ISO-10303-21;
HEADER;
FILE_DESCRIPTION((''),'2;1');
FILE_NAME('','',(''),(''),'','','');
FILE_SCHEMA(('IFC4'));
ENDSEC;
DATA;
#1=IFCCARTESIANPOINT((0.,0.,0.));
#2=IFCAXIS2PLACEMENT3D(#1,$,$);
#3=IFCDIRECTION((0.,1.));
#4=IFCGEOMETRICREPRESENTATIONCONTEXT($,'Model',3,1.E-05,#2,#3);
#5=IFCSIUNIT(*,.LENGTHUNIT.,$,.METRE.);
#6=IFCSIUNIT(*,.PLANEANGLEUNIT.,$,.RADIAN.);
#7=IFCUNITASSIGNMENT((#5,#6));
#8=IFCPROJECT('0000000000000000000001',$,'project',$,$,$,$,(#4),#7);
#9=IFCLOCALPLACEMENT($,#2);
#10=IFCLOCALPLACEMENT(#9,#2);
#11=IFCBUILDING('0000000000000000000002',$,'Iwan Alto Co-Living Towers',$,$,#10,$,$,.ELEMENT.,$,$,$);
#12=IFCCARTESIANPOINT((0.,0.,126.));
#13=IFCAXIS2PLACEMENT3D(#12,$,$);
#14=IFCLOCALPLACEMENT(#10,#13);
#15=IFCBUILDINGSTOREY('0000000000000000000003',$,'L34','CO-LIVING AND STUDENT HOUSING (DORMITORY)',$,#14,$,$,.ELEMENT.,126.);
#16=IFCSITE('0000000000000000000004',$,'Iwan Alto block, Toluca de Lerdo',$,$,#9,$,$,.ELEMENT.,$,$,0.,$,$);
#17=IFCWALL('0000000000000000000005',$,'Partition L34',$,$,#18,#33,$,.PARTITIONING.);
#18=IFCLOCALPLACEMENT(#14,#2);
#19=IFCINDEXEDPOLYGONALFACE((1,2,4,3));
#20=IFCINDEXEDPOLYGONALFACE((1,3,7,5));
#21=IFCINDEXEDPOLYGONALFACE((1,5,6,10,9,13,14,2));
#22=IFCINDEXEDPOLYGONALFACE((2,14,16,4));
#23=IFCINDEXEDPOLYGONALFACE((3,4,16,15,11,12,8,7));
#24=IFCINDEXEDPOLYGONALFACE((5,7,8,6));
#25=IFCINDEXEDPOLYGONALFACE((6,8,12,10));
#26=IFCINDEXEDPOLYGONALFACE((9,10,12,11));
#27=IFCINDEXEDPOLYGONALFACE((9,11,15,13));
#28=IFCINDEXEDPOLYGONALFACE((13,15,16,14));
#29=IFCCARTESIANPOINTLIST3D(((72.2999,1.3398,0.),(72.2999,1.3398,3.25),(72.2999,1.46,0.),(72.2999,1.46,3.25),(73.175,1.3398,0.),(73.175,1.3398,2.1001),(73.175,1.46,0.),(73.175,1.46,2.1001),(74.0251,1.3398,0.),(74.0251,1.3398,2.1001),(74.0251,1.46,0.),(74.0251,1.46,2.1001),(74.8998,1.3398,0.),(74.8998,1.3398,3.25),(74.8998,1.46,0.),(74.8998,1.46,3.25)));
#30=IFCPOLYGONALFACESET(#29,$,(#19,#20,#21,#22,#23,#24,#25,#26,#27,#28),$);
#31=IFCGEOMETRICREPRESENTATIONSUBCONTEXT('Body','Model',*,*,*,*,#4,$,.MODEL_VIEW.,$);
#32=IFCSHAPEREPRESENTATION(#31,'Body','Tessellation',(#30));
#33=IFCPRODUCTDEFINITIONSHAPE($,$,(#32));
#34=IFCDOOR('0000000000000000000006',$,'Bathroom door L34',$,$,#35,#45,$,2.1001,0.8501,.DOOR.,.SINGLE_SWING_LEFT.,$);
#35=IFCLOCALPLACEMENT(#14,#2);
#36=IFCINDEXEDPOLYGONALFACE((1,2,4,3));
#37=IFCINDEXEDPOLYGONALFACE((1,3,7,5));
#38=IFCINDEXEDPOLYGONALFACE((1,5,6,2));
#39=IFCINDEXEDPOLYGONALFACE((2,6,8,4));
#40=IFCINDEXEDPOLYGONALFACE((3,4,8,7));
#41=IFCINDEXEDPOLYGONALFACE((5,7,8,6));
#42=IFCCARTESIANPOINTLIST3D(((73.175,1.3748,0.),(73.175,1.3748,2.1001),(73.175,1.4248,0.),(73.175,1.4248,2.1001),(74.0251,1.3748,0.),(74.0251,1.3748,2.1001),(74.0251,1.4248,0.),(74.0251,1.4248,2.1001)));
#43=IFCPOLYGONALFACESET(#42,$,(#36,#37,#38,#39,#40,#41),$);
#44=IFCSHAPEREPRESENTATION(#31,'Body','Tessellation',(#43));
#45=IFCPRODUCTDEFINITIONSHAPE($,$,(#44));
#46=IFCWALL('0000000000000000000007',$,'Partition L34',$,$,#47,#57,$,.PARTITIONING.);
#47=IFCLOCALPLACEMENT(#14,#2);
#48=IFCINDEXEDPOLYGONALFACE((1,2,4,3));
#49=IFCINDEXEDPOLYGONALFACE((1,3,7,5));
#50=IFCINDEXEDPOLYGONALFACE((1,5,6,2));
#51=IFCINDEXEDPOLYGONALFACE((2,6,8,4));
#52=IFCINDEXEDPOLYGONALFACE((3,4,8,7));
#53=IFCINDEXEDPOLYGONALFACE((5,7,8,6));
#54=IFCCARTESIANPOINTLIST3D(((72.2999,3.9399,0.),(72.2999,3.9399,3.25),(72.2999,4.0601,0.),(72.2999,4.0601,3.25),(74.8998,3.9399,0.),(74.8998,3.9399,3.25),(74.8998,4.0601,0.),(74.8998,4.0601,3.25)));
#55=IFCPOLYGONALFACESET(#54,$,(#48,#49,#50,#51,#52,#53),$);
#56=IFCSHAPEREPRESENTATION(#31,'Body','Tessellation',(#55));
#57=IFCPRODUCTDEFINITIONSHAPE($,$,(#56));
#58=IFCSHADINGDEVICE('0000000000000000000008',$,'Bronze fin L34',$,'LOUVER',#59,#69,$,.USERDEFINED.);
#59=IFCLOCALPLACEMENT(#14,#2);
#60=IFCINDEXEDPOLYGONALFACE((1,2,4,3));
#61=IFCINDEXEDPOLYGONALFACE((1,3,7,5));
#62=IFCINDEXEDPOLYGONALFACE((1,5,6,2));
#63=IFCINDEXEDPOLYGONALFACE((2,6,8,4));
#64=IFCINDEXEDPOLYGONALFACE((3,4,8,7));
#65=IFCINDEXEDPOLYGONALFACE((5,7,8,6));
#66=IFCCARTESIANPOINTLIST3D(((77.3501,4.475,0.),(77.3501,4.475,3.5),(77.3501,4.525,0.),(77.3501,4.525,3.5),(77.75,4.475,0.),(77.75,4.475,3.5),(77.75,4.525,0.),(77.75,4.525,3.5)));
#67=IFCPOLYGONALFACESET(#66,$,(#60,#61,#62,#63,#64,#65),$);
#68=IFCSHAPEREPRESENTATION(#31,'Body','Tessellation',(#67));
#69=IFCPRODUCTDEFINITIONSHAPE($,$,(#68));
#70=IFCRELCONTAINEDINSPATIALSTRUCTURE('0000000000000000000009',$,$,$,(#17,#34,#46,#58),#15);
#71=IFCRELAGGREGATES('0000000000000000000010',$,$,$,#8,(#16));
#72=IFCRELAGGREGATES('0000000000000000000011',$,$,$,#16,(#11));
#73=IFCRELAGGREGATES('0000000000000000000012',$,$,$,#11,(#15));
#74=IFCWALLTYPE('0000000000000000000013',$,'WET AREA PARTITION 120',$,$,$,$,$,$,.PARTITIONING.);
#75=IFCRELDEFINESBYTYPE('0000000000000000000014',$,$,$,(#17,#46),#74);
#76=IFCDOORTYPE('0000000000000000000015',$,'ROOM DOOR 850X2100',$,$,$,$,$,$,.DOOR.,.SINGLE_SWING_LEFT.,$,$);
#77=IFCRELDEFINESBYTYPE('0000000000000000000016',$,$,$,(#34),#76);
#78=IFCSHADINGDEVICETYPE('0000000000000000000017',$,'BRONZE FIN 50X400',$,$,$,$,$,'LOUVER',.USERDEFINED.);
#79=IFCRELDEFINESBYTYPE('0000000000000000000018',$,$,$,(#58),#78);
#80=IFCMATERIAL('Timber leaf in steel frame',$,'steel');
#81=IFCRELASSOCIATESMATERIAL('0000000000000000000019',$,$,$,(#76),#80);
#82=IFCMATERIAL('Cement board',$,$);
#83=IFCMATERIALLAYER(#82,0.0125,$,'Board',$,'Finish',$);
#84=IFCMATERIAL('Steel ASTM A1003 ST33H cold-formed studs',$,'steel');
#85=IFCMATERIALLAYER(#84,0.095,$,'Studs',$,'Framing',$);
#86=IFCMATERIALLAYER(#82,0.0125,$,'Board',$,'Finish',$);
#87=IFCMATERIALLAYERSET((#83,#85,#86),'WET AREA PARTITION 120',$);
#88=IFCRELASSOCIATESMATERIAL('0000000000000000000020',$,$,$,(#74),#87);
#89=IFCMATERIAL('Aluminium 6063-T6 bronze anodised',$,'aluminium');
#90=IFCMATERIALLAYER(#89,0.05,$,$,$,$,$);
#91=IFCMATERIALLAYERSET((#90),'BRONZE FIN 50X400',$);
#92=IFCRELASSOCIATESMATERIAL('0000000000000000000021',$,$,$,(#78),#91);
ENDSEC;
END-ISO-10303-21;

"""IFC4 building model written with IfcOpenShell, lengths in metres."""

from ifc_helpers import new_model, si_unit, direction, frame, frame_2d, origin, origin_2d, place, context, subcontext, project, spatial, rectangle, extrude, material, layer, layer_set, type_object, element, fill, save


model = new_model("IFC4")

# Units and contexts
model_context = context("Model", 3, precision=1e-05, world=origin(), true_north=direction((0.0, 1.0)))
body_context = subcontext(model_context, "Body", "Model", "MODEL_VIEW")
ifc_project = project(units=[si_unit("LENGTHUNIT", "METRE"), si_unit("PLANEANGLEUNIT", "RADIAN")], contexts=[model_context])

# Site, building, storey
site_placement = place(None, origin())
site = spatial("IfcSite", under=ifc_project, at=site_placement, Name="Iwan Alto block, Toluca de Lerdo", CompositionType="ELEMENT", RefElevation=0.0)
building_placement = place(site_placement, origin())
building = spatial("IfcBuilding", under=site, at=building_placement, Name="Iwan Alto Co-Living Towers", CompositionType="ELEMENT")
storey_placement = place(building_placement, frame((0.0, 0.0, 126.0)))
storey = spatial("IfcBuildingStorey", under=building, at=storey_placement, Name="L34", Description="CO-LIVING AND STUDENT HOUSING (DORMITORY)", CompositionType="ELEMENT", Elevation=126.0)

# Shared definitions
ifc_material_1 = material(Name="Steel ASTM A1003 ST33H cold-formed studs", Category="steel")
ifc_material_2 = material(Name="Timber leaf in steel frame", Category="steel")
door_type = type_object("IfcDoorType", Name="ROOM DOOR 850X2100", OperationType="SINGLE_SWING_LEFT", PredefinedType="DOOR", material=ifc_material_2)

# Wall, opening, door
ifc_material_3 = material(Name="Cement board")
ifc_layer_1 = layer(ifc_material_3, 0.0125, Name="Board", Category="Finish")
ifc_layer_2 = layer(ifc_material_1, 0.095, Name="Studs", Category="Framing")
ifc_layer_3 = layer(ifc_material_3, 0.0125, Name="Board", Category="Finish")
ifc_layer_set_1 = layer_set([ifc_layer_1, ifc_layer_2, ifc_layer_3], Name="WET AREA PARTITION 120")
wall_type_1 = type_object("IfcWallType", Name="WET AREA PARTITION 120", PredefinedType="PARTITIONING", material=ifc_layer_set_1)
wall_1_placement = place(storey_placement, frame((72.3, 1.3999, 0.0), z_axis=(0.0, 0.0, 1.0), x_axis=(1.0, 0.0, 0.0)))
wall_1 = element("IfcWall", 1, at=wall_1_placement, inside=storey, type_object=wall_type_1, Name="Partition L34", PredefinedType="PARTITIONING", context=body_context, shape_type="SweptSolid", body=[
    extrude(rectangle(XDim=2.5999, YDim=0.1201, at=frame_2d((1.2998, 0.0))), origin(), (0.0, 0.0, 1.0), 3.25),
])
opening_1_placement = place(wall_1_placement, frame((0.875, 0.0, 0.0)))
opening_1 = element("IfcOpeningElement", 2, at=opening_1_placement, cuts=wall_1, PredefinedType="OPENING", context=body_context, shape_type="SweptSolid", body=[
    extrude(rectangle(XDim=0.8501, YDim=2.1001, at=frame_2d((0.425, 1.05))), frame((0.0, 0.0701, 0.0), z_axis=(0.0, -1.0, 0.0), x_axis=(1.0, 0.0, 0.0)), (0.0, 0.0, 1.0), 0.1401),
])
door_1_placement = place(opening_1_placement, origin())
door_1 = element("IfcDoor", 3, at=door_1_placement, inside=storey, type_object=door_type, Name="Bathroom door L34", OperationType="SINGLE_SWING_LEFT", OverallHeight=2.1001, OverallWidth=0.8501, PredefinedType="DOOR", context=body_context, shape_type="SweptSolid", body=[
    extrude(rectangle(XDim=0.8501, YDim=2.1001, at=frame_2d((0.425, 1.05))), frame((0.0, 0.0249, 0.0), z_axis=(0.0, -1.0, 0.0), x_axis=(1.0, 0.0, 0.0)), (0.0, 0.0, 1.0), 0.05),
])
fill(opening_1, door_1)

# Wall
wall_2_placement = place(storey_placement, frame((72.3, 4.0, 0.0), z_axis=(0.0, 0.0, 1.0), x_axis=(1.0, 0.0, 0.0)))
element("IfcWall", 4, at=wall_2_placement, inside=storey, type_object=wall_type_1, Name="Partition L34", PredefinedType="PARTITIONING", context=body_context, shape_type="SweptSolid", body=[
    extrude(rectangle(XDim=2.5999, YDim=0.1201, at=frame_2d((1.2998, 0.0))), origin(), (0.0, 0.0, 1.0), 3.25),
])

# Shading device
ifc_material_4 = material(Name="Aluminium 6063-T6 bronze anodised", Category="aluminium")
ifc_layer_4 = layer(ifc_material_4, 0.05)
ifc_layer_set_2 = layer_set([ifc_layer_4], Name="BRONZE FIN 50X400")
shading_device_type = type_object("IfcShadingDeviceType", Name="BRONZE FIN 50X400", ElementType="LOUVER", PredefinedType="USERDEFINED", material=ifc_layer_set_2)
shading_device_placement = place(storey_placement, frame((77.55, 4.5, 0.0), z_axis=(0.0, 0.0, 1.0), x_axis=(0.0, 1.0, 0.0)))
element("IfcShadingDevice", 5, at=shading_device_placement, inside=storey, type_object=shading_device_type, Name="Bronze fin L34", ObjectType="LOUVER", PredefinedType="USERDEFINED", context=body_context, shape_type="SweptSolid", body=[
    extrude(rectangle(XDim=0.05, YDim=0.3999, at=origin_2d()), origin(), (0.0, 0.0, 1.0), 3.5),
])

save(model, "model.ifc")
